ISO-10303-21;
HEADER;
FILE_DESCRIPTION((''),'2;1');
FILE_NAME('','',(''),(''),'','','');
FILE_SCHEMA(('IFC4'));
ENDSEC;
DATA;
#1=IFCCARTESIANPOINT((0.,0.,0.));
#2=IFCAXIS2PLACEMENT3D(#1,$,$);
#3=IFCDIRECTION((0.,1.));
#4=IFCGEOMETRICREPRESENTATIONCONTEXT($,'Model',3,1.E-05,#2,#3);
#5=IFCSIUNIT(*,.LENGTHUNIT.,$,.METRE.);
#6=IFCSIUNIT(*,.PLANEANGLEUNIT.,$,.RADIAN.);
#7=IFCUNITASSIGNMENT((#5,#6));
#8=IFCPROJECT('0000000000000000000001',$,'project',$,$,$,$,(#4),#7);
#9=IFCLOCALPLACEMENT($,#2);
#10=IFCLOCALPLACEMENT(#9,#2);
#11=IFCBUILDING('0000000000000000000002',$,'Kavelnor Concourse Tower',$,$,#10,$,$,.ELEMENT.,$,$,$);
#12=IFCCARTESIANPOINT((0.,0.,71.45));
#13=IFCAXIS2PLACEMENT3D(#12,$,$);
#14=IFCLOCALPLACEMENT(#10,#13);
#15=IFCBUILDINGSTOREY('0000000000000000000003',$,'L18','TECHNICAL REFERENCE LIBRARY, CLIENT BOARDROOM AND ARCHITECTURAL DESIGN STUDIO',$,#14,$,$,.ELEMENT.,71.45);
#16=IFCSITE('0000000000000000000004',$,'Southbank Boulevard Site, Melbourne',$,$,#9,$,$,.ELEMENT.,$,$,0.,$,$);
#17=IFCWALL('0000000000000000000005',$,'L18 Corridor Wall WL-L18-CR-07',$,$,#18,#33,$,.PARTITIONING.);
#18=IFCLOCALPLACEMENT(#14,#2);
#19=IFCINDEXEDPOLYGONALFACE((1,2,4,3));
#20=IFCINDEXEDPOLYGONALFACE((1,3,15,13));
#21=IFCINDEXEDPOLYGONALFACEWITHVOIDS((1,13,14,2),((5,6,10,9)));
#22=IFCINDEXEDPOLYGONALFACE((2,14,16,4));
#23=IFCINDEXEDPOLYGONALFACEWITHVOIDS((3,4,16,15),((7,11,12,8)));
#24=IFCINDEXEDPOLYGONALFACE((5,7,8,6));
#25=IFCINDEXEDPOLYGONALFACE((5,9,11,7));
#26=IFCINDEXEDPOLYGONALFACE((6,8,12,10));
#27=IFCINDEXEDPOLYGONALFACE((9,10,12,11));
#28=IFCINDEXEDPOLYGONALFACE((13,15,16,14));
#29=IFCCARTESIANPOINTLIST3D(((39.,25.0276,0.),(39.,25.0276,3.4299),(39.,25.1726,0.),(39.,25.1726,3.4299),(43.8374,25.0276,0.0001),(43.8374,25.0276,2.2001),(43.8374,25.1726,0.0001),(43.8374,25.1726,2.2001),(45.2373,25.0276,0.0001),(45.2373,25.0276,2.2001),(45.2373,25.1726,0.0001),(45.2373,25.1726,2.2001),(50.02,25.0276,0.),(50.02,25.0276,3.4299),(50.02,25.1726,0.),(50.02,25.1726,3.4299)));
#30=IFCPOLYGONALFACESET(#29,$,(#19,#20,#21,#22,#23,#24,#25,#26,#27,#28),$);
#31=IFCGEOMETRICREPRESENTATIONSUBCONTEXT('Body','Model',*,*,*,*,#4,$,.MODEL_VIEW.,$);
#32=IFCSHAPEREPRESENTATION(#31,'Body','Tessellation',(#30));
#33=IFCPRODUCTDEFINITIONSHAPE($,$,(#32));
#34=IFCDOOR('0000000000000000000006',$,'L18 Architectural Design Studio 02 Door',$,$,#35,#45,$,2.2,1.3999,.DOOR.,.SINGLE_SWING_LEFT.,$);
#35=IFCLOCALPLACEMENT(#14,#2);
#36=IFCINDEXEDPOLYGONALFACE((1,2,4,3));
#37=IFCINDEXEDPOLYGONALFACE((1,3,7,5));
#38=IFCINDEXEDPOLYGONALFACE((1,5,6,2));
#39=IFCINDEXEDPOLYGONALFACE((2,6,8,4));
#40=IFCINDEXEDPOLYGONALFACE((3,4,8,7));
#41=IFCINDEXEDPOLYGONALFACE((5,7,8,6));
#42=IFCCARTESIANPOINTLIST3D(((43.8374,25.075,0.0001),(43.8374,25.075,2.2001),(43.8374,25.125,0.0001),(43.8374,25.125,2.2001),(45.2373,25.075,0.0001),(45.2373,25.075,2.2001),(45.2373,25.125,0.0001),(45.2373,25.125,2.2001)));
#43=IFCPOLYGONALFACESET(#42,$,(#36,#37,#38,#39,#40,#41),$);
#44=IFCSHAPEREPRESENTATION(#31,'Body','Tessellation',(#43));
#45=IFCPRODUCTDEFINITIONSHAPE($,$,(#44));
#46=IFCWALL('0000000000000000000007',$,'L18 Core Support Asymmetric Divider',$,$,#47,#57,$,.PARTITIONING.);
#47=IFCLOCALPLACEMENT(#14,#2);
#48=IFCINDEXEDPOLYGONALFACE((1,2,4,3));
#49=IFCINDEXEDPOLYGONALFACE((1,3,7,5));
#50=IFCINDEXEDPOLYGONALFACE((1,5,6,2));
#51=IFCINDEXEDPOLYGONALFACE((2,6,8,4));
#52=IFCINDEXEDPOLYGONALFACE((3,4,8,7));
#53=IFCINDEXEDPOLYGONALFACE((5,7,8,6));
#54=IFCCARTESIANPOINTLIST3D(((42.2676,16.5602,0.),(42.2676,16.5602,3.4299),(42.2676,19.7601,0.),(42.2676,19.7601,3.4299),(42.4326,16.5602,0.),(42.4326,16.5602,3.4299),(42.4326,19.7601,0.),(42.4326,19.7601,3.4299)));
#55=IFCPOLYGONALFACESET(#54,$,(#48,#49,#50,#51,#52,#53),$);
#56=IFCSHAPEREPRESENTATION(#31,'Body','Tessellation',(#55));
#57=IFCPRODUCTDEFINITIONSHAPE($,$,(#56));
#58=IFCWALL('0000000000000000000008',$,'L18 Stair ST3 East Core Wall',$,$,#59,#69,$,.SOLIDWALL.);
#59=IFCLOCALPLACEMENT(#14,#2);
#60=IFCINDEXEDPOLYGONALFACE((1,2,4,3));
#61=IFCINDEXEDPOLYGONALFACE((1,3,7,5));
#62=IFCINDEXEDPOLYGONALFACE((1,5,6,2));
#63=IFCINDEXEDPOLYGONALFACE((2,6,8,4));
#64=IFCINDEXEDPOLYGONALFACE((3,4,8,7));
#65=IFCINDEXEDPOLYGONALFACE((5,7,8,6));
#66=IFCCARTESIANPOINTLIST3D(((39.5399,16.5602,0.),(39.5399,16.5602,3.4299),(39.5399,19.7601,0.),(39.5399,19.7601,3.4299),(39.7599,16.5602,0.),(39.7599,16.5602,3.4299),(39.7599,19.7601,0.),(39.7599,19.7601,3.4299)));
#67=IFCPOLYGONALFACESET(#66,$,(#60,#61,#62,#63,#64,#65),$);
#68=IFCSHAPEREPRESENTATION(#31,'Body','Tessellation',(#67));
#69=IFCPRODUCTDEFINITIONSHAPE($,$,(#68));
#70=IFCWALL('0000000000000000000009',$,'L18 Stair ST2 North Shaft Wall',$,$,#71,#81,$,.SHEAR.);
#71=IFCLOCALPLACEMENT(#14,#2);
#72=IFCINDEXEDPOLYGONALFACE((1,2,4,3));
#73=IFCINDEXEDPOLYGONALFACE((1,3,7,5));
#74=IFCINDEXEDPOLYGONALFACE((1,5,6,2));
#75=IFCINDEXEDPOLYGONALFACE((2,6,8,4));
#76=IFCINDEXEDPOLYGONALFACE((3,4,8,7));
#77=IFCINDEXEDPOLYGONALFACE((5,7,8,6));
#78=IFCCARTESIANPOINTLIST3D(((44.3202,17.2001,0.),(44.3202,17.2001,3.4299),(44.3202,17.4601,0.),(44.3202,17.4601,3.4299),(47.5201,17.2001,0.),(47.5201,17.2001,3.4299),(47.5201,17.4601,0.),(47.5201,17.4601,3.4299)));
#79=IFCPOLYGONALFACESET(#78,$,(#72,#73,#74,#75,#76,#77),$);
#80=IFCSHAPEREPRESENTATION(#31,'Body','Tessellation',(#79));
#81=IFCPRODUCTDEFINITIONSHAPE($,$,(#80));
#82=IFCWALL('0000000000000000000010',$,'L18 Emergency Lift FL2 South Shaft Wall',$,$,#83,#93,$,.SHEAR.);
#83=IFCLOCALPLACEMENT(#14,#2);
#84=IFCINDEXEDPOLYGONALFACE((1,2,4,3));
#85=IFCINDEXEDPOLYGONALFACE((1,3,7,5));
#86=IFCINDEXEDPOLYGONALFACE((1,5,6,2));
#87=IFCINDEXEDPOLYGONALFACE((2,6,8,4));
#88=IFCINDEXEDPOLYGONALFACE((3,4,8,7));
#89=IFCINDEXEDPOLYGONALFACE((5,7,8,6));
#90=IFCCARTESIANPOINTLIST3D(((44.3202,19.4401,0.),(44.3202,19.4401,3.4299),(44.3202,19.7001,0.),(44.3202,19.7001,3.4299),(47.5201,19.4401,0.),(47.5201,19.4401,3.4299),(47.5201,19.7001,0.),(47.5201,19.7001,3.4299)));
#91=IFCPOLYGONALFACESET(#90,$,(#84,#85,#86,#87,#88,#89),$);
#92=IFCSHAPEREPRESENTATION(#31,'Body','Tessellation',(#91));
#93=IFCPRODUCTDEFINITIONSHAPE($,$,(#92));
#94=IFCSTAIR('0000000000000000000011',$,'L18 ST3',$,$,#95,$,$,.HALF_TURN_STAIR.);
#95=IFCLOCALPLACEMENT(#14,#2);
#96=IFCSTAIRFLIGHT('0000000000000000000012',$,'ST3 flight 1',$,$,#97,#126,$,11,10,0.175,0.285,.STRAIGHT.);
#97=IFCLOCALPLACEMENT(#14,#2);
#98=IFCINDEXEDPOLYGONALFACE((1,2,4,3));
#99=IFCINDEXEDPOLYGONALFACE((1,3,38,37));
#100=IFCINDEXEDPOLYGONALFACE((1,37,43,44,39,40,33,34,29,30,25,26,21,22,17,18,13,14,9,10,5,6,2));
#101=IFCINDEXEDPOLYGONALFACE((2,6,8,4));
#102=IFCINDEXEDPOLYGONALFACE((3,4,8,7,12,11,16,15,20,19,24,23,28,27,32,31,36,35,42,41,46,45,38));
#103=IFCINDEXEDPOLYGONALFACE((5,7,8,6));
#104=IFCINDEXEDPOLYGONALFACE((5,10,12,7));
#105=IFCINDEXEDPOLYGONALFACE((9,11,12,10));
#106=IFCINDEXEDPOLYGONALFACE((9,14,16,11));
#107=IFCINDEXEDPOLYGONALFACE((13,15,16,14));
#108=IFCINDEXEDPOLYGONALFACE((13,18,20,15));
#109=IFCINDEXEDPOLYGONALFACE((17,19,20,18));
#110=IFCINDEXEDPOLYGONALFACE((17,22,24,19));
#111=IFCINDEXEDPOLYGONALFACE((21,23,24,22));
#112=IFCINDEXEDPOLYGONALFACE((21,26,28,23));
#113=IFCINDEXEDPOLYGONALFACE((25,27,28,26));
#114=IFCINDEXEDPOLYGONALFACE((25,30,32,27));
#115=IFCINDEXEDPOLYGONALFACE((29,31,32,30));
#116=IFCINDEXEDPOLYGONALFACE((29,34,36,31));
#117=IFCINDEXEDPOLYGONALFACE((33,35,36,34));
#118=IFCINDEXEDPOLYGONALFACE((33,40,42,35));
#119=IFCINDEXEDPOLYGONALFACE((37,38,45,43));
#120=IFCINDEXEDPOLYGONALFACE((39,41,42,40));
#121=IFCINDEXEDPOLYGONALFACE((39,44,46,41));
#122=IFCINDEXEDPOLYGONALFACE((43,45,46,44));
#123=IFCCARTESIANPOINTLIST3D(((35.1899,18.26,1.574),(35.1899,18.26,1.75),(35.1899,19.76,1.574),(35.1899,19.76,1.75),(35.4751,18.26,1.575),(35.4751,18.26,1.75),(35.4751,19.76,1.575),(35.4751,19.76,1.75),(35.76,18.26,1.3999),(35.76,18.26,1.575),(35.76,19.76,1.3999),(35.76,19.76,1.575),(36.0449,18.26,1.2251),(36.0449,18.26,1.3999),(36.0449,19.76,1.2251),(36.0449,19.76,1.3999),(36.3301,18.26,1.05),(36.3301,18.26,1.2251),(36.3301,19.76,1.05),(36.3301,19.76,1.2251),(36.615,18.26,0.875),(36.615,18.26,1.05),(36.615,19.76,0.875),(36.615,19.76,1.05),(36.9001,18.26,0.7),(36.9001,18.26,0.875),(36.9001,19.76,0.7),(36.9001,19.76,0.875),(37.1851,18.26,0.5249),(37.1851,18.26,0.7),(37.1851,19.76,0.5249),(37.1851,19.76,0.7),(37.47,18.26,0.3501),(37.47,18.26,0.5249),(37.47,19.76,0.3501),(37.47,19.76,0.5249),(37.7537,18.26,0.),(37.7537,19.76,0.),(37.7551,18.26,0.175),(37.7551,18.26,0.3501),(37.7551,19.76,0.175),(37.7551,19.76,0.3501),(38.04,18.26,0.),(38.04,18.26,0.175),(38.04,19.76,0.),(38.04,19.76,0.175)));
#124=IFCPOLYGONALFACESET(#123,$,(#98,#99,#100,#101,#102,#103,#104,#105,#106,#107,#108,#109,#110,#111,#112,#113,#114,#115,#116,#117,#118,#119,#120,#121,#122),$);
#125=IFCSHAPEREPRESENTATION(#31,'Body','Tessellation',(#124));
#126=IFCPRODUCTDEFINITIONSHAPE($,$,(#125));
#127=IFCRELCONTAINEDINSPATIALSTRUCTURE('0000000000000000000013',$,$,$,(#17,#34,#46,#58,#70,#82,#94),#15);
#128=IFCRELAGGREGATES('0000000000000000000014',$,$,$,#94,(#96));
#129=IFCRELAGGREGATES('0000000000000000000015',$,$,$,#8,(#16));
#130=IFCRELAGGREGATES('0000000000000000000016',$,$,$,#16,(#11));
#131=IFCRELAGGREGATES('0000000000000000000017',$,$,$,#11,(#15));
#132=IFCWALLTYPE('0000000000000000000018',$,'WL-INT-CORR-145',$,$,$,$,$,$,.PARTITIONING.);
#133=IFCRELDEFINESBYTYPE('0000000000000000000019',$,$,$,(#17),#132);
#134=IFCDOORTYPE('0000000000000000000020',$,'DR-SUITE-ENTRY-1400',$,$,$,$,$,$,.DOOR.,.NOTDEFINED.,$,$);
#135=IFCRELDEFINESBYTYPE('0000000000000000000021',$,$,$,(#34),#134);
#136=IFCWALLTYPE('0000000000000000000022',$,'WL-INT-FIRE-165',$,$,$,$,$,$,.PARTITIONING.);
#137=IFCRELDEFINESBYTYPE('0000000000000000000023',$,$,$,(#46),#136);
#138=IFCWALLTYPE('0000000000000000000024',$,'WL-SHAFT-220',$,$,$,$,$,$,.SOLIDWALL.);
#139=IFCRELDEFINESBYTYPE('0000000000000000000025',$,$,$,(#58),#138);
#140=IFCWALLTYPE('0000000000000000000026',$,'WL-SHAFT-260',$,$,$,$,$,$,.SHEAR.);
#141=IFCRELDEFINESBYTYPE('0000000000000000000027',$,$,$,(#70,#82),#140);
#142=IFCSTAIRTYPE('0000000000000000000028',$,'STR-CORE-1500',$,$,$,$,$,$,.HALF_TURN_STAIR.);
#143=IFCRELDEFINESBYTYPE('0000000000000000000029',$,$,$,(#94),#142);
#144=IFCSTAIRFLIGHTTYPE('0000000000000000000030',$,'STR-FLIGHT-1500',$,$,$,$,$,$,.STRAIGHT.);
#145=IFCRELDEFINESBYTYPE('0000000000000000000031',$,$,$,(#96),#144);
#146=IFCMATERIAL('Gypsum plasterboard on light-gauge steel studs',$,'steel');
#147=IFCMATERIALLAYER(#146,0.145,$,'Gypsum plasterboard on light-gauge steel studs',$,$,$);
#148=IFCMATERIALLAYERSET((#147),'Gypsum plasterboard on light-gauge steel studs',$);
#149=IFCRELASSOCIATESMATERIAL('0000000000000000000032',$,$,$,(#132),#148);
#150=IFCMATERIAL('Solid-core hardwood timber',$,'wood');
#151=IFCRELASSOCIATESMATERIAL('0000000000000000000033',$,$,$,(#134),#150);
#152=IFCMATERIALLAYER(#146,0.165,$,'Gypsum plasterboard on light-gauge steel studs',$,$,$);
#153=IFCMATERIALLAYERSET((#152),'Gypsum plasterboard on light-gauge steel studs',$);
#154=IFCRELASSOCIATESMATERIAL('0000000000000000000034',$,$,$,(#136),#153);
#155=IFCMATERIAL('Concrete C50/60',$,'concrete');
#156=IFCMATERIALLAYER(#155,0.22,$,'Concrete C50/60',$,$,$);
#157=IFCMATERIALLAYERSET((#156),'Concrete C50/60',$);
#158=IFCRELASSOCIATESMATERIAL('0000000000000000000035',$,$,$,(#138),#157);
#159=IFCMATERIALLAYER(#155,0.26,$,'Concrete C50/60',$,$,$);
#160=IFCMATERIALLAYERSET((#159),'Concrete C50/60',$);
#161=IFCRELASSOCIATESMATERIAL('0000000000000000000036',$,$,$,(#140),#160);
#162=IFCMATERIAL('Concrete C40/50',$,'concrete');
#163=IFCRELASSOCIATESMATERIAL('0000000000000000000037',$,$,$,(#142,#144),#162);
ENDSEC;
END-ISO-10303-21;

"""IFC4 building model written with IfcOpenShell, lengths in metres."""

from ifc_helpers import new_model, si_unit, direction, frame, frame_2d, origin, place, context, subcontext, project, spatial, polyline, rectangle, outline, extrude, material, layer, layer_set, type_object, element, fill, aggregate, save


model = new_model("IFC4")

# Units and contexts
model_context = context("Model", 3, precision=1e-05, world=origin(), true_north=direction((0.0, 1.0)))
body_context = subcontext(model_context, "Body", "Model", "MODEL_VIEW")
ifc_project = project(units=[si_unit("LENGTHUNIT", "METRE"), si_unit("PLANEANGLEUNIT", "RADIAN")], contexts=[model_context])

# Site, building, storey
site_placement = place(None, origin())
site = spatial("IfcSite", under=ifc_project, at=site_placement, Name="Southbank Boulevard Site, Melbourne", CompositionType="ELEMENT", RefElevation=0.0)
building_placement = place(site_placement, origin())
building = spatial("IfcBuilding", under=site, at=building_placement, Name="Kavelnor Concourse Tower", CompositionType="ELEMENT")
storey_placement = place(building_placement, frame((0.0, 0.0, 71.45)))
storey = spatial("IfcBuildingStorey", under=building, at=storey_placement, Name="L18", Description="TECHNICAL REFERENCE LIBRARY, CLIENT BOARDROOM AND ARCHITECTURAL DESIGN STUDIO", CompositionType="ELEMENT", Elevation=71.45)

# Wall, opening, door
ifc_material_1 = material(Name="Gypsum plasterboard on light-gauge steel studs", Category="steel")
ifc_layer_1 = layer(ifc_material_1, 0.145, Name="Gypsum plasterboard on light-gauge steel studs")
ifc_layer_set_1 = layer_set([ifc_layer_1], Name="Gypsum plasterboard on light-gauge steel studs")
wall_type_1 = type_object("IfcWallType", Name="WL-INT-CORR-145", PredefinedType="PARTITIONING", material=ifc_layer_set_1)
wall_1_placement = place(storey_placement, frame((39.0, 25.1001, 0.0), z_axis=(0.0, 0.0, 1.0), x_axis=(1.0, 0.0, 0.0)))
wall_1 = element("IfcWall", 1, at=wall_1_placement, inside=storey, type_object=wall_type_1, Name="L18 Corridor Wall WL-L18-CR-07", PredefinedType="PARTITIONING", context=body_context, shape_type="SweptSolid", body=[
    extrude(rectangle(XDim=11.02, YDim=0.145, at=frame_2d((5.51, 0.0))), origin(), (0.0, 0.0, 1.0), 3.4299),
])
opening_1_placement = place(wall_1_placement, frame((4.8374, 0.0, 0.0)))
opening_1 = element("IfcOpeningElement", 2, at=opening_1_placement, cuts=wall_1, PredefinedType="OPENING", context=body_context, shape_type="SweptSolid", body=[
    extrude(rectangle(XDim=1.3999, YDim=2.2, at=frame_2d((0.7, 1.1001))), frame((0.0, 0.0825, 0.0), z_axis=(0.0, -1.0, 0.0), x_axis=(1.0, 0.0, 0.0)), (0.0, 0.0, 1.0), 0.165),
])
ifc_material_2 = material(Name="Solid-core hardwood timber", Category="wood")
door_type_1 = type_object("IfcDoorType", Name="DR-SUITE-ENTRY-1400", OperationType="NOTDEFINED", PredefinedType="DOOR", material=ifc_material_2)
door_1_placement = place(opening_1_placement, origin())
door_1 = element("IfcDoor", 3, at=door_1_placement, inside=storey, type_object=door_type_1, Name="L18 Architectural Design Studio 02 Door", OperationType="SINGLE_SWING_LEFT", OverallHeight=2.2, OverallWidth=1.3999, PredefinedType="DOOR", context=body_context, shape_type="SweptSolid", body=[
    extrude(rectangle(XDim=1.3999, YDim=2.2, at=frame_2d((0.7, 1.1001))), frame((0.0, 0.0249, 0.0), z_axis=(0.0, -1.0, 0.0), x_axis=(1.0, 0.0, 0.0)), (0.0, 0.0, 1.0), 0.05),
])
fill(opening_1, door_1)

# Walls
ifc_layer_2 = layer(ifc_material_1, 0.165, Name="Gypsum plasterboard on light-gauge steel studs")
ifc_layer_set_2 = layer_set([ifc_layer_2], Name="Gypsum plasterboard on light-gauge steel studs")
wall_type_2 = type_object("IfcWallType", Name="WL-INT-FIRE-165", PredefinedType="PARTITIONING", material=ifc_layer_set_2)
wall_2_placement = place(storey_placement, frame((42.3501, 16.5601, 0.0), z_axis=(0.0, 0.0, 1.0), x_axis=(0.0, 1.0, 0.0)))
element("IfcWall", 4, at=wall_2_placement, inside=storey, type_object=wall_type_2, Name="L18 Core Support Asymmetric Divider", PredefinedType="PARTITIONING", context=body_context, shape_type="SweptSolid", body=[
    extrude(rectangle(XDim=3.2, YDim=0.165, at=frame_2d((1.6001, 0.0))), origin(), (0.0, 0.0, 1.0), 3.4299),
])
ifc_material_3 = material(Name="Concrete C50/60", Category="concrete")
ifc_layer_3 = layer(ifc_material_3, 0.22, Name="Concrete C50/60")
ifc_layer_set_3 = layer_set([ifc_layer_3], Name="Concrete C50/60")
wall_type_3 = type_object("IfcWallType", Name="WL-SHAFT-220", PredefinedType="SOLIDWALL", material=ifc_layer_set_3)
wall_3_placement = place(storey_placement, frame((39.6499, 16.5601, 0.0), z_axis=(0.0, 0.0, 1.0), x_axis=(0.0, 1.0, 0.0)))
element("IfcWall", 5, at=wall_3_placement, inside=storey, type_object=wall_type_3, Name="L18 Stair ST3 East Core Wall", PredefinedType="SOLIDWALL", context=body_context, shape_type="SweptSolid", body=[
    extrude(rectangle(XDim=3.2, YDim=0.22, at=frame_2d((1.6001, 0.0))), origin(), (0.0, 0.0, 1.0), 3.4299),
])
ifc_layer_4 = layer(ifc_material_3, 0.26, Name="Concrete C50/60")
ifc_layer_set_4 = layer_set([ifc_layer_4], Name="Concrete C50/60")
wall_type_4 = type_object("IfcWallType", Name="WL-SHAFT-260", PredefinedType="SHEAR", material=ifc_layer_set_4)
for number, where, z_axis, x_axis, name in (
    (6, (44.3201, 17.3301, 0.0), (0.0, 0.0, 1.0), (1.0, 0.0, 0.0), "L18 Stair ST2 North Shaft Wall"),
    (7, (44.3201, 19.5701, 0.0), (0.0, 0.0, 1.0), (1.0, 0.0, 0.0), "L18 Emergency Lift FL2 South Shaft Wall"),
):
    element("IfcWall", number, at=place(storey_placement, frame(where, z_axis=z_axis, x_axis=x_axis)), inside=storey, type_object=wall_type_4, Name=name, PredefinedType="SHEAR", context=body_context, shape_type="SweptSolid", body=[
        extrude(rectangle(XDim=3.2, YDim=0.26, at=frame_2d((1.6001, 0.0))), origin(), (0.0, 0.0, 1.0), 3.4299),
    ])

# Stair, stair flight
ifc_material_4 = material(Name="Concrete C40/50", Category="concrete")
stair_type = type_object("IfcStairType", Name="STR-CORE-1500", PredefinedType="HALF_TURN_STAIR", material=ifc_material_4)
stair_placement = place(storey_placement, origin())
stair = element("IfcStair", 8, at=stair_placement, inside=storey, type_object=stair_type, Name="L18 ST3", PredefinedType="HALF_TURN_STAIR")
stair_flight_type = type_object("IfcStairFlightType", Name="STR-FLIGHT-1500", PredefinedType="STRAIGHT", material=ifc_material_4)
stair_flight_placement = place(storey_placement, frame((38.04, 19.01, 0.0), z_axis=(0.0, 0.0, 1.0), x_axis=(-1.0, 0.0, 0.0)))
stair_flight = element("IfcStairFlight", 9, at=stair_flight_placement, type_object=stair_flight_type, Name="ST3 flight 1", NumberOfRisers=11, NumberOfTreads=10, PredefinedType="STRAIGHT", RiserHeight=0.175, TreadLength=0.285, context=body_context, shape_type="SweptSolid", body=[
    extrude(outline(polyline([(0.0, 0.0), (0.0, 0.175), (0.2849, 0.175), (0.2849, 0.3501), (0.5701, 0.3501), (0.5701, 0.5249), (0.855, 0.5249), (0.855, 0.7), (1.1399, 0.7), (1.1399, 0.875), (1.425, 0.875), (1.425, 1.05), (1.71, 1.05), (1.71, 1.2251), (1.9951, 1.2251), (1.9951, 1.3999), (2.28, 1.3999), (2.28, 1.575), (2.5649, 1.575), (2.5649, 1.75), (2.8501, 1.75), (2.8501, 1.925), (2.8501, 1.574), (0.2864, 0.0), (0.0, 0.0)])), frame((0.0, 0.75, 0.0), z_axis=(0.0, -1.0, 0.0), x_axis=(1.0, 0.0, 0.0)), (0.0, 0.0, 1.0), 1.5),
])
aggregate(stair, [stair_flight])

save(model, "model.ifc")
